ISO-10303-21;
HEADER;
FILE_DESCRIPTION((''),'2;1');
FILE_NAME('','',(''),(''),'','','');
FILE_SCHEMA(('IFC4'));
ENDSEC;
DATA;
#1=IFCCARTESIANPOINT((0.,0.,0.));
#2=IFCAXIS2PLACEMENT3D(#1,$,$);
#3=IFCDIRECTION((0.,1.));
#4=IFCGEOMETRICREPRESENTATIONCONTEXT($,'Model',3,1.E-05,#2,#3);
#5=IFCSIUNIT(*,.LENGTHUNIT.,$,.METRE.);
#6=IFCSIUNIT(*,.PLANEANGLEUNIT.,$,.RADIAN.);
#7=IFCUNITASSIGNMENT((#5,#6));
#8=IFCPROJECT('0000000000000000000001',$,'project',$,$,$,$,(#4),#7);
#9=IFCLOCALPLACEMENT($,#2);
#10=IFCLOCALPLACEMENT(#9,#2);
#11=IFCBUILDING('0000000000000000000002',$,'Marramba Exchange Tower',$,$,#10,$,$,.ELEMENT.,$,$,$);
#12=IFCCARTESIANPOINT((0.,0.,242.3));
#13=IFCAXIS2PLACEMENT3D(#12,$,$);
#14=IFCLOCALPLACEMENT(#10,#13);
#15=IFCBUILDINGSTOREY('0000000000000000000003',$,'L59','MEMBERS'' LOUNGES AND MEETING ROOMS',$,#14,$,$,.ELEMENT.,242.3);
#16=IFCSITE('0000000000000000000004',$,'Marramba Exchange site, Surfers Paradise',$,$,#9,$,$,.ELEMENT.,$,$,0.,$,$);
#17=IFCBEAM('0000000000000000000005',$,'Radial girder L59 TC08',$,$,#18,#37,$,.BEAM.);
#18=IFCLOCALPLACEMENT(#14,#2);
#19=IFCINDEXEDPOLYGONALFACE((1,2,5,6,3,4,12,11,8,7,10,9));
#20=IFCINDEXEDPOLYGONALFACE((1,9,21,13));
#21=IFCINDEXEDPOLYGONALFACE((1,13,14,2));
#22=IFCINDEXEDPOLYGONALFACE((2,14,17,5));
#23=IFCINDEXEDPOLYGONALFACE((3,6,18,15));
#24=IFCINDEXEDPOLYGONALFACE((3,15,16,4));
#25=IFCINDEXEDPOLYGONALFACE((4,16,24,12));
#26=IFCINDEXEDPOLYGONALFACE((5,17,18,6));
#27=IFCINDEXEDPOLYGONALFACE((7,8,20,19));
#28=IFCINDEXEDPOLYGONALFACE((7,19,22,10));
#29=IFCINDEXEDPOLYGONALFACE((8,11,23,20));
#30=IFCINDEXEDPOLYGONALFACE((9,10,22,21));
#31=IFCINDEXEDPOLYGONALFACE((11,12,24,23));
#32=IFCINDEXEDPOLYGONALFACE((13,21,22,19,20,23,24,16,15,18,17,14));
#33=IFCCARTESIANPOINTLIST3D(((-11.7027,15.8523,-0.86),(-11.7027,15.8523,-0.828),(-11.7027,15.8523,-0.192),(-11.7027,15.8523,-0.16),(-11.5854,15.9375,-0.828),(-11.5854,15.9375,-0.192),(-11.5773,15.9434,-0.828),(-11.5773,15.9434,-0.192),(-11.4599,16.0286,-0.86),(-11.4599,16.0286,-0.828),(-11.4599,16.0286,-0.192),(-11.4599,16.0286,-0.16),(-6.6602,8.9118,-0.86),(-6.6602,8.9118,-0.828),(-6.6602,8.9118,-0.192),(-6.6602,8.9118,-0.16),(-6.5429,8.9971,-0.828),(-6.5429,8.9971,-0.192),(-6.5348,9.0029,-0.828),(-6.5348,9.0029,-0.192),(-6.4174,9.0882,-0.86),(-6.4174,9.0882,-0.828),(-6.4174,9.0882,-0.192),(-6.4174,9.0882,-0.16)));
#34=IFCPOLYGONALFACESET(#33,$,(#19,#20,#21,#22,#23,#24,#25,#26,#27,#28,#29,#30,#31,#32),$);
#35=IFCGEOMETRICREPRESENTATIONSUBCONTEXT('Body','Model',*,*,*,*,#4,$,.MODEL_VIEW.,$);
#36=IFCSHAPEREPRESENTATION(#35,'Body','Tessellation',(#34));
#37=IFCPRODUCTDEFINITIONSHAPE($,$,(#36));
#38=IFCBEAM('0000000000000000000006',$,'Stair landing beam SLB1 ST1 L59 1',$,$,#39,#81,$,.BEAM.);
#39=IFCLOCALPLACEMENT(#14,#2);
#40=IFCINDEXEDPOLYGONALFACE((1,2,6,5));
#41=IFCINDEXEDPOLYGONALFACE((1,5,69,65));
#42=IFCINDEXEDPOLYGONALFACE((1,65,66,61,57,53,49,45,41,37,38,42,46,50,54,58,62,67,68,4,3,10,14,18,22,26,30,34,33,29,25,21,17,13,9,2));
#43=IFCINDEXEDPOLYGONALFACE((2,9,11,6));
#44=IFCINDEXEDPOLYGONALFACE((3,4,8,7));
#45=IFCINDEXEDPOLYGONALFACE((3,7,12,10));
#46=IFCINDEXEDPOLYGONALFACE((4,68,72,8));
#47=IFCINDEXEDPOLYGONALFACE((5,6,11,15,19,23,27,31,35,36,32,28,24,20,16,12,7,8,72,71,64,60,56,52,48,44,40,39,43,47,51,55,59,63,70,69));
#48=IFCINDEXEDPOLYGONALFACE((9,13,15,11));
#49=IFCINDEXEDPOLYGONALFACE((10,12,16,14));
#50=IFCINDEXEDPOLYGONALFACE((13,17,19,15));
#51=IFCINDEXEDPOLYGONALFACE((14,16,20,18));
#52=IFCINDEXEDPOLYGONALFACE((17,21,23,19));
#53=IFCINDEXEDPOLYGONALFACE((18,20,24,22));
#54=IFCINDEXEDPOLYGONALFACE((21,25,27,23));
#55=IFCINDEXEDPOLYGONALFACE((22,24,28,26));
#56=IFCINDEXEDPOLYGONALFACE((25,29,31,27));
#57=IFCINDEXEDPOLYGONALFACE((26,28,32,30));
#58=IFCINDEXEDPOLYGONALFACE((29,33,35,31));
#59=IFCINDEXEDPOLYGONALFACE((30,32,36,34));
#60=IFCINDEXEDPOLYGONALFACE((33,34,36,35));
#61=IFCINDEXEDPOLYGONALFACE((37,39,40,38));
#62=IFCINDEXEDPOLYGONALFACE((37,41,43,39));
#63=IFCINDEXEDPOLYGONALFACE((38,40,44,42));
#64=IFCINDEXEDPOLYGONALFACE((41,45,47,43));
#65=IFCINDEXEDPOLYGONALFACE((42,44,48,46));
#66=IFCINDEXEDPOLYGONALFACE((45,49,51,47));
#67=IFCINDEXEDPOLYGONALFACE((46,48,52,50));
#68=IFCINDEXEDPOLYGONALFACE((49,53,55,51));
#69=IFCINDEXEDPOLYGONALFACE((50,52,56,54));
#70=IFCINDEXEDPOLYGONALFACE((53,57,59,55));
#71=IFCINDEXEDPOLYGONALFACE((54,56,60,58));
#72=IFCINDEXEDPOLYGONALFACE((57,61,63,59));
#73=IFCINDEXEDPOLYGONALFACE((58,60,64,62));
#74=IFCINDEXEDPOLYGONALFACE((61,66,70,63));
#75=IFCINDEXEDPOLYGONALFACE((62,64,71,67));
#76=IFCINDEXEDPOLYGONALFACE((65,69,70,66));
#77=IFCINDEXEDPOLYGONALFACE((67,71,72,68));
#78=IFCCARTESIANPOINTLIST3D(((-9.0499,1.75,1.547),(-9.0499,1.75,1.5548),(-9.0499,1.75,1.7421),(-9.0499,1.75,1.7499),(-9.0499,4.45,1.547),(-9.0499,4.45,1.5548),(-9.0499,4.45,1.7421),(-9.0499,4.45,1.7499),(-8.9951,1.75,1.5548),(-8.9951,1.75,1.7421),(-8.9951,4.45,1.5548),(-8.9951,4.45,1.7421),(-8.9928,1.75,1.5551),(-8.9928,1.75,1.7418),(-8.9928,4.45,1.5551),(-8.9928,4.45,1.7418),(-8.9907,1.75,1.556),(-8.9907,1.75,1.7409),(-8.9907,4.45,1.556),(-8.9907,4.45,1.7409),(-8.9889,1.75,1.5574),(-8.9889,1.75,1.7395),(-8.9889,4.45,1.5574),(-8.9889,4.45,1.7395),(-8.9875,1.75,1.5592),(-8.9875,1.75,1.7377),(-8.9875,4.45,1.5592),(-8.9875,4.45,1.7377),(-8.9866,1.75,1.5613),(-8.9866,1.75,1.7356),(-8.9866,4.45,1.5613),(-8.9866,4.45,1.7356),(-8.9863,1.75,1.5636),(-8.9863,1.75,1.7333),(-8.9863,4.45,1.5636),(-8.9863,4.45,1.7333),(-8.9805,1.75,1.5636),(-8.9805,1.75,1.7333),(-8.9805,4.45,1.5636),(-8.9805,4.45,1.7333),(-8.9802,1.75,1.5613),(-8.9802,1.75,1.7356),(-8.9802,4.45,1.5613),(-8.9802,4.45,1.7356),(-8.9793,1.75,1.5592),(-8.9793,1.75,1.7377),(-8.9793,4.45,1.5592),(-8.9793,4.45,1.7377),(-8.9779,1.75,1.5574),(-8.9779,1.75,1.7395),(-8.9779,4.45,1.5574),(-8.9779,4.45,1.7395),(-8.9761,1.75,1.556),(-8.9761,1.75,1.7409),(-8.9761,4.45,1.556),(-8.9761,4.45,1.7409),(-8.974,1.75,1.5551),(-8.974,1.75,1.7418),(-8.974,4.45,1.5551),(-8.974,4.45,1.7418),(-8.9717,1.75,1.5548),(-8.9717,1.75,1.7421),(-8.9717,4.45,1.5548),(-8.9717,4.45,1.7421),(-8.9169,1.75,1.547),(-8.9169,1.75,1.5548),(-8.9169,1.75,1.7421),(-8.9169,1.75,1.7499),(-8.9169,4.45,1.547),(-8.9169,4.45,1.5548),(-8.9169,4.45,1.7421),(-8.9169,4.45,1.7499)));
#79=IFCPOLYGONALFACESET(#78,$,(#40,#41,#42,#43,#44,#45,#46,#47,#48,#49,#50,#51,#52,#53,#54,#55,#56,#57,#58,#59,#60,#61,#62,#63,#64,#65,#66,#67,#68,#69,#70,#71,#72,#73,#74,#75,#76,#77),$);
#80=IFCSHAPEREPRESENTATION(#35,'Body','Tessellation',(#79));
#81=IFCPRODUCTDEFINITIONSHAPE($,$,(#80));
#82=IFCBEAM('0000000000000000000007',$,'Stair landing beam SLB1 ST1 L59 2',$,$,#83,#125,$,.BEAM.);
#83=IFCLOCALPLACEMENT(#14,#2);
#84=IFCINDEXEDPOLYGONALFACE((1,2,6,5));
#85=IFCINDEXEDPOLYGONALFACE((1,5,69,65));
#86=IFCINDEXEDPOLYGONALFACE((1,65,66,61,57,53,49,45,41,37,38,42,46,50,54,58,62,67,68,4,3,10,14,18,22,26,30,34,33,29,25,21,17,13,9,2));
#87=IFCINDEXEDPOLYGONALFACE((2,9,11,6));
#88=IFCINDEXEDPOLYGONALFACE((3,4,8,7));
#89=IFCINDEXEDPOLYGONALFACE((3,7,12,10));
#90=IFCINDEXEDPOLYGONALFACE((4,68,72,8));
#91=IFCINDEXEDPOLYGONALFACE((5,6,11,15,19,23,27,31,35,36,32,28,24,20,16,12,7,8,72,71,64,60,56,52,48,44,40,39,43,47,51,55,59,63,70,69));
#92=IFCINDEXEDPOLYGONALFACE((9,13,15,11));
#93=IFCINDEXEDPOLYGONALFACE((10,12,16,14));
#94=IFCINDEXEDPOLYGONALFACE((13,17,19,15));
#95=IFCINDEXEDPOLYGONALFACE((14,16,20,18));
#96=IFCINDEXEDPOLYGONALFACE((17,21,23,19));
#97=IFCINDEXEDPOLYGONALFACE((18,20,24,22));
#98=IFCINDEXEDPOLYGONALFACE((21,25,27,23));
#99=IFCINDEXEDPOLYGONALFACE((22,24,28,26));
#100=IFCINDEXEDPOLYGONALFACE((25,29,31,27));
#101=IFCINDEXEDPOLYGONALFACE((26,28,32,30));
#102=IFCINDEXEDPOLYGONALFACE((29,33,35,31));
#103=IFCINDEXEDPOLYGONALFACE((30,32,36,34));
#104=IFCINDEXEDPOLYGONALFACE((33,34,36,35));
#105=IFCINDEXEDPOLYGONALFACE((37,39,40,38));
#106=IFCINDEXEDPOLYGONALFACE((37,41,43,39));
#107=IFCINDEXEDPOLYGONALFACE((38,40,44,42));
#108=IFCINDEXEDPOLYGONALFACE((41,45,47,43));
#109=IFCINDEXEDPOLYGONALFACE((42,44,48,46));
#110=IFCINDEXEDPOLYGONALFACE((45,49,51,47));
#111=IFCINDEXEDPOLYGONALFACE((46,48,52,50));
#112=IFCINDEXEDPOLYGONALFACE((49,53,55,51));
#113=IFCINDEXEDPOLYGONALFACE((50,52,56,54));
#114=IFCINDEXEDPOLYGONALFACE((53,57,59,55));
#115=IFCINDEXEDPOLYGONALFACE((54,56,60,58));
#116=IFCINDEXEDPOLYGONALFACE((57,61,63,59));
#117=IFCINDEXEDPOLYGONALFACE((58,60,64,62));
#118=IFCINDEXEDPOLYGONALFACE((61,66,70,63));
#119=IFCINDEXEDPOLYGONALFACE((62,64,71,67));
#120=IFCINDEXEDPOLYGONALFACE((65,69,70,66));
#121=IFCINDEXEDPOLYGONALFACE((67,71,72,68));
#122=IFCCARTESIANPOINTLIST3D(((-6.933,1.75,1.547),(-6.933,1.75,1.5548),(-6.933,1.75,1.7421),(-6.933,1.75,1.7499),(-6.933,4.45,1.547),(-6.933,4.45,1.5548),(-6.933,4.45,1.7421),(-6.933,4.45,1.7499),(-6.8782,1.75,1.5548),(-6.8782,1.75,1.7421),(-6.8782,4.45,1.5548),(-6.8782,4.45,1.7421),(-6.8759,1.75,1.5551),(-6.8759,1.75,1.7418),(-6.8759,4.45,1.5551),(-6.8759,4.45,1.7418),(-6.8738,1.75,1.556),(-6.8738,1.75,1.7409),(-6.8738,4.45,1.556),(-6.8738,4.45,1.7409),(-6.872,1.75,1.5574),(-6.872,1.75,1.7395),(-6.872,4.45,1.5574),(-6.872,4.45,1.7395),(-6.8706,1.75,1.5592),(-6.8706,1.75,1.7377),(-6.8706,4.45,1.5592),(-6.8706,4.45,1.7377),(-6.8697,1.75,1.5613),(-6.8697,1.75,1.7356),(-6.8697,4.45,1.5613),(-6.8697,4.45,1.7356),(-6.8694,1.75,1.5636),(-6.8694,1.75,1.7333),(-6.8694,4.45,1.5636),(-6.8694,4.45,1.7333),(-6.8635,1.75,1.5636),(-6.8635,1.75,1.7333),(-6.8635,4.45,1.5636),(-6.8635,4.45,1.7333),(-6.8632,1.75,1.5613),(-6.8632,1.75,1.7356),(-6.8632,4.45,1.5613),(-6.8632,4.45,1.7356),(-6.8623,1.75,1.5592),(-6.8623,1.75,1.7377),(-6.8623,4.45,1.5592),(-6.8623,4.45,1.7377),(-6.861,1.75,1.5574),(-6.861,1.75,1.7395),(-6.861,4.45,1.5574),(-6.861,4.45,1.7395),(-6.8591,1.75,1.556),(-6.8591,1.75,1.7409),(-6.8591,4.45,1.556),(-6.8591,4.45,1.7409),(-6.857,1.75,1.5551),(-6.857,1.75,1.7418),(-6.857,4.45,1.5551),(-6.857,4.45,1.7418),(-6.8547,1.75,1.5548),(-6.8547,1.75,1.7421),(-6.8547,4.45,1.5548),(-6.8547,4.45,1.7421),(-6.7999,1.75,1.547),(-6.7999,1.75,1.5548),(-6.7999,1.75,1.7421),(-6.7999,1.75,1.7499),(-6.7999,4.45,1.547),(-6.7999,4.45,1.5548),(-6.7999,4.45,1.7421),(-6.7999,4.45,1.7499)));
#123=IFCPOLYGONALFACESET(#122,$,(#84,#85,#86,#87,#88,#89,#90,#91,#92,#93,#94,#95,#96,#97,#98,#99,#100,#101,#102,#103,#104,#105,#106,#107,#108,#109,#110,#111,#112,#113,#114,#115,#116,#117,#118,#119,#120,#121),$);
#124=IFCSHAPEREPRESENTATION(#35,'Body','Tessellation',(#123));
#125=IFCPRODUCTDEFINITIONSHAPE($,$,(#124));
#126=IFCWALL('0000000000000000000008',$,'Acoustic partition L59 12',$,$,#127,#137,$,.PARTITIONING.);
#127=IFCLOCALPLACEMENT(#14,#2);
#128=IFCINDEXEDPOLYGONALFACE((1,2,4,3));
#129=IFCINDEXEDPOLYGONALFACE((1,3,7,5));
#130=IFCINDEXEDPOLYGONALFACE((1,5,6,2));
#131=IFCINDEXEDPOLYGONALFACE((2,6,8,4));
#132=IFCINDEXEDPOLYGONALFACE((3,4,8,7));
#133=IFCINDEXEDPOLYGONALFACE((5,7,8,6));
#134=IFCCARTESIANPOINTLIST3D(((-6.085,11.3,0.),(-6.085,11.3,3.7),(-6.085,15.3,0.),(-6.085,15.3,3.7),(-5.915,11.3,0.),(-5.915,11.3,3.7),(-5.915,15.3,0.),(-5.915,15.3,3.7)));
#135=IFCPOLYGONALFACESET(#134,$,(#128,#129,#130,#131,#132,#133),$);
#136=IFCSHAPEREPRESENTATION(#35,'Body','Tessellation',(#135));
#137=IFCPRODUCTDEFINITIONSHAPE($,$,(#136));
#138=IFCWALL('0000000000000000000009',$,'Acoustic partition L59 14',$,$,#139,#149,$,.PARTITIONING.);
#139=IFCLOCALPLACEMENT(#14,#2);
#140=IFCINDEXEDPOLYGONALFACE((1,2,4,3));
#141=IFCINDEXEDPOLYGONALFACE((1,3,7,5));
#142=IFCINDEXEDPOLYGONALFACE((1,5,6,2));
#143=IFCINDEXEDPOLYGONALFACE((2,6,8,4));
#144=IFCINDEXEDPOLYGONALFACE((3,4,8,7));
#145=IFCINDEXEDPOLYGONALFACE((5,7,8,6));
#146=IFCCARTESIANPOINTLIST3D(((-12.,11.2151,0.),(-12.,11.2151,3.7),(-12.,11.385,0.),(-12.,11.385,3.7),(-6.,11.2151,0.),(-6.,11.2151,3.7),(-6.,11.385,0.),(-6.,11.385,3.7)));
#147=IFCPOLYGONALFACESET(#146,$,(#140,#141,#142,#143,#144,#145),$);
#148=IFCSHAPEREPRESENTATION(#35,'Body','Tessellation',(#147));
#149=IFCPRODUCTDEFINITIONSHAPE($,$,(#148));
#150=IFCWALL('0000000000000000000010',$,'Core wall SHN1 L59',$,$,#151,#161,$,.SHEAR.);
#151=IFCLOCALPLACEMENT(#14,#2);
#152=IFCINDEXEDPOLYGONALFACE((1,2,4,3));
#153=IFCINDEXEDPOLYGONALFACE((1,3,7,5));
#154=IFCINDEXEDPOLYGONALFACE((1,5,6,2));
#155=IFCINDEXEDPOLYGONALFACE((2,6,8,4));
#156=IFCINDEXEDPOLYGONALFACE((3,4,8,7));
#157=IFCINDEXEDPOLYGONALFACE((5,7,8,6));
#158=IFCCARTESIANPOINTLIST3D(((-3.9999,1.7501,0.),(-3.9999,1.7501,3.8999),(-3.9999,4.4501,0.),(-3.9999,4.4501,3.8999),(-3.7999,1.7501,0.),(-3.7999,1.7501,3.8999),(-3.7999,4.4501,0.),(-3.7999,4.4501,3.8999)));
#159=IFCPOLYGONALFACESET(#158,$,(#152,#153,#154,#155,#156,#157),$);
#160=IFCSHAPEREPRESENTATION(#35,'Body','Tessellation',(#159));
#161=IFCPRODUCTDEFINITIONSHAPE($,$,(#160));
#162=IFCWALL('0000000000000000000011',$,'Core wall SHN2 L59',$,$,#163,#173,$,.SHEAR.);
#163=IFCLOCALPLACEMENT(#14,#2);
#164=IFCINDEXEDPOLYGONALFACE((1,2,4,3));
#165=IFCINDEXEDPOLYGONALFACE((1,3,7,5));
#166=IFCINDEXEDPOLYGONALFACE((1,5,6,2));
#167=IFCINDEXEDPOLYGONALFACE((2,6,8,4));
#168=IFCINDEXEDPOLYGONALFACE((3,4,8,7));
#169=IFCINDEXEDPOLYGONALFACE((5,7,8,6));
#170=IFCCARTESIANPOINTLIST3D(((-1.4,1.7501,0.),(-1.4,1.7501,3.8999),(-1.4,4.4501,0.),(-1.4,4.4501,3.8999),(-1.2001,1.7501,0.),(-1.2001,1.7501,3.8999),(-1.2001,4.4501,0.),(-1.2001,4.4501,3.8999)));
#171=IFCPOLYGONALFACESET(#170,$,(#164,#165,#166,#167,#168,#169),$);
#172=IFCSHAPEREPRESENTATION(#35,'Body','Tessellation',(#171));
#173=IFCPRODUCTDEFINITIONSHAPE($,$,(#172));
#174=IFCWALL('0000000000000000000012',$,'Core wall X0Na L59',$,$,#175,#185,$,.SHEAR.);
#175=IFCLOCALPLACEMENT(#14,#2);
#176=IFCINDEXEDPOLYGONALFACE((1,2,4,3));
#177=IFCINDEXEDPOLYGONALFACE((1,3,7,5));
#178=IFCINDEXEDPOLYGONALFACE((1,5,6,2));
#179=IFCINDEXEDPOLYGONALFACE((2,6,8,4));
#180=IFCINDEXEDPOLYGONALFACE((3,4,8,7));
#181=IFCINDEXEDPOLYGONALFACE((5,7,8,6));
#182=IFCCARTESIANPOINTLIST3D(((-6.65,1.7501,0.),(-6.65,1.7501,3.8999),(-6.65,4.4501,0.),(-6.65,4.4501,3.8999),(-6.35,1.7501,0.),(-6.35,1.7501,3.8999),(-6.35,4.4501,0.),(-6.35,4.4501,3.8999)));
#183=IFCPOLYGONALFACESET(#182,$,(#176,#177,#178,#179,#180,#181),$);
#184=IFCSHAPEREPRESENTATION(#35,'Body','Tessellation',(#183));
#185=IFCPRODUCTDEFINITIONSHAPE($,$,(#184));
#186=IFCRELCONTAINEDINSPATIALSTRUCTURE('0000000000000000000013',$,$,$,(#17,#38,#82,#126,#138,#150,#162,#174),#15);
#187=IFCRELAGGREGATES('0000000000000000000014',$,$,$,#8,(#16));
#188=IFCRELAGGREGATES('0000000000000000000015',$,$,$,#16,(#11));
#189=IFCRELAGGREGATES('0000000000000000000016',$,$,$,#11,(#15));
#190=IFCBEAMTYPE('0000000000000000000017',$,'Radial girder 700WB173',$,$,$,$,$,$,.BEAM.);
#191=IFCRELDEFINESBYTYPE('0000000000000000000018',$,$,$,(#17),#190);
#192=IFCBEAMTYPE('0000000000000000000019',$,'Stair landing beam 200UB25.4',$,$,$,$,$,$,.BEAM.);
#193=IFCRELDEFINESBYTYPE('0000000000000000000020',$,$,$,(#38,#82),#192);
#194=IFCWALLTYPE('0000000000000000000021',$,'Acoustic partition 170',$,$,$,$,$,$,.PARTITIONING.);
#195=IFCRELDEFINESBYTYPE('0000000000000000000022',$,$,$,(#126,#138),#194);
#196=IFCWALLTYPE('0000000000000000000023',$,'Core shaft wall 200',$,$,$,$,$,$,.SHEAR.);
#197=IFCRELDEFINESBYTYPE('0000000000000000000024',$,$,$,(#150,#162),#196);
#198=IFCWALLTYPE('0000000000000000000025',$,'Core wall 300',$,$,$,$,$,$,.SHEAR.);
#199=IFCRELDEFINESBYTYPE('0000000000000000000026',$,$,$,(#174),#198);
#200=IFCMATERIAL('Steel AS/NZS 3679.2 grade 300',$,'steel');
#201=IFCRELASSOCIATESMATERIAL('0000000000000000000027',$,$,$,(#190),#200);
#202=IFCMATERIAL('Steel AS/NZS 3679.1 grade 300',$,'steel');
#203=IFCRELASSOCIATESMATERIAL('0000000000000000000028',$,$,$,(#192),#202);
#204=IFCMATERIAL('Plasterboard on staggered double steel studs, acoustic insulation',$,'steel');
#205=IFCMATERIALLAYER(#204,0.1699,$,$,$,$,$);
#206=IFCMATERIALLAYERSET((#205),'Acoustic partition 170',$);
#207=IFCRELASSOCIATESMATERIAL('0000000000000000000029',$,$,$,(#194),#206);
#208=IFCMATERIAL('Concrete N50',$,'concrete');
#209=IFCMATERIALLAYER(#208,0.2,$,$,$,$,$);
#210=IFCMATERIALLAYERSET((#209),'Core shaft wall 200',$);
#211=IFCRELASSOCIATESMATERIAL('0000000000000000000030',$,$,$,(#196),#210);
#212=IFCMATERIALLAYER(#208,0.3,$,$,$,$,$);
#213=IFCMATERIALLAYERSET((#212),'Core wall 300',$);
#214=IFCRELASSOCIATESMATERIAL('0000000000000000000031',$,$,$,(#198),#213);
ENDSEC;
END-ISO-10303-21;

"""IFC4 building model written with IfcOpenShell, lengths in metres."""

from ifc_helpers import new_model, si_unit, direction, frame, frame_2d, origin, origin_2d, place, context, subcontext, project, spatial, rectangle, i_section, extrude, material, layer, layer_set, material_profile, profile_set, type_object, element, save


model = new_model("IFC4")

# Units and contexts
model_context = context("Model", 3, precision=1e-05, world=origin(), true_north=direction((0.0, 1.0)))
body_context = subcontext(model_context, "Body", "Model", "MODEL_VIEW")
ifc_project = project(units=[si_unit("LENGTHUNIT", "METRE"), si_unit("PLANEANGLEUNIT", "RADIAN")], contexts=[model_context])

# Site, building, storey
site_placement = place(None, origin())
site = spatial("IfcSite", under=ifc_project, at=site_placement, Name="Marramba Exchange site, Surfers Paradise", CompositionType="ELEMENT", RefElevation=0.0)
building_placement = place(site_placement, origin())
building = spatial("IfcBuilding", under=site, at=building_placement, Name="Marramba Exchange Tower", CompositionType="ELEMENT")
storey_placement = place(building_placement, frame((0.0, 0.0, 242.3)))
storey = spatial("IfcBuildingStorey", under=building, at=storey_placement, Name="L59", Description="MEMBERS' LOUNGES AND MEETING ROOMS", CompositionType="ELEMENT", Elevation=242.3)

# Shared definitions
ifc_material_1 = material(Name="Concrete N50", Category="concrete")

# Beams
ifc_material_2 = material(Name="Steel AS/NZS 3679.1 grade 300", Category="steel")
ifc_material_3 = material(Name="Steel AS/NZS 3679.2 grade 300", Category="steel")
ifc_material_profile_1 = material_profile(ifc_material_3, i_section(OverallWidth=0.3, OverallDepth=0.7, WebThickness=0.01, FlangeThickness=0.032, at=origin_2d()), Name="700WB173")
ifc_profile_set_1 = profile_set([ifc_material_profile_1], Name="Steel AS/NZS 3679.2 grade 300")
beam_type_1 = type_object("IfcBeamType", Name="Radial girder 700WB173", PredefinedType="BEAM", material=ifc_profile_set_1)
beam_1_placement = place(storey_placement, frame((-6.5388, 9.0, -0.51), z_axis=(-0.587782, 0.809019, 0.0), x_axis=(-0.809019, -0.587782, 0.0)))
element("IfcBeam", 1, at=beam_1_placement, inside=storey, type_object=beam_type_1, Name="Radial girder L59 TC08", PredefinedType="BEAM", context=body_context, shape_type="SweptSolid", body=[
    extrude(i_section(OverallWidth=0.3, OverallDepth=0.7, WebThickness=0.01, FlangeThickness=0.032, at=origin_2d()), origin(), (0.0, 0.0, 1.0), 8.5789),
])
ifc_material_profile_2 = material_profile(ifc_material_2, i_section(OverallWidth=0.1331, OverallDepth=0.2029, WebThickness=0.0059, FlangeThickness=0.0078, FilletRadius=0.0088, at=origin_2d()), Name="200UB25.4")
ifc_profile_set_2 = profile_set([ifc_material_profile_2], Name="Steel AS/NZS 3679.1 grade 300")
beam_type_2 = type_object("IfcBeamType", Name="Stair landing beam 200UB25.4", PredefinedType="BEAM", material=ifc_profile_set_2)
for number, where, z_axis, x_axis, name in (
    (2, (-8.9834, 1.75, 1.6484), (0.0, 1.0, 0.0), (-1.0, 0.0, 0.0), "Stair landing beam SLB1 ST1 L59 1"),
    (3, (-6.8665, 1.75, 1.6484), (0.0, 1.0, 0.0), (-1.0, 0.0, 0.0), "Stair landing beam SLB1 ST1 L59 2"),
):
    element("IfcBeam", number, at=place(storey_placement, frame(where, z_axis=z_axis, x_axis=x_axis)), inside=storey, type_object=beam_type_2, Name=name, PredefinedType="BEAM", context=body_context, shape_type="SweptSolid", body=[
        extrude(i_section(OverallWidth=0.1331, OverallDepth=0.2029, WebThickness=0.0059, FlangeThickness=0.0078, FilletRadius=0.0088, at=origin_2d()), origin(), (0.0, 0.0, 1.0), 2.7),
    ])

# Walls
ifc_material_4 = material(Name="Plasterboard on staggered double steel studs, acoustic insulation", Category="steel")
ifc_layer_1 = layer(ifc_material_4, 0.1699)
ifc_layer_set_1 = layer_set([ifc_layer_1], Name="Acoustic partition 170")
wall_type_1 = type_object("IfcWallType", Name="Acoustic partition 170", PredefinedType="PARTITIONING", material=ifc_layer_set_1)
wall_1_placement = place(storey_placement, frame((-6.0, 15.3, 0.0), z_axis=(0.0, 0.0, 1.0), x_axis=(0.0, -1.0, 0.0)))
element("IfcWall", 4, at=wall_1_placement, inside=storey, type_object=wall_type_1, Name="Acoustic partition L59 12", PredefinedType="PARTITIONING", context=body_context, shape_type="SweptSolid", body=[
    extrude(rectangle(XDim=4.0, YDim=0.1699, at=frame_2d((2.0, 0.0))), origin(), (0.0, 0.0, 1.0), 3.7),
])
wall_2_placement = place(storey_placement, frame((-6.0, 11.3, 0.0), z_axis=(0.0, 0.0, 1.0), x_axis=(-1.0, 0.0, 0.0)))
element("IfcWall", 5, at=wall_2_placement, inside=storey, type_object=wall_type_1, Name="Acoustic partition L59 14", PredefinedType="PARTITIONING", context=body_context, shape_type="SweptSolid", body=[
    extrude(rectangle(XDim=6.0, YDim=0.1699, at=frame_2d((3.0, 0.0))), origin(), (0.0, 0.0, 1.0), 3.7),
])
ifc_layer_2 = layer(ifc_material_1, 0.2)
ifc_layer_set_2 = layer_set([ifc_layer_2], Name="Core shaft wall 200")
wall_type_2 = type_object("IfcWallType", Name="Core shaft wall 200", PredefinedType="SHEAR", material=ifc_layer_set_2)
for number, where, z_axis, x_axis, name in (
    (6, (-3.8999, 1.75, 0.0), (0.0, 0.0, 1.0), (0.0, 1.0, 0.0), "Core wall SHN1 L59"),
    (7, (-1.3, 1.75, 0.0), (0.0, 0.0, 1.0), (0.0, 1.0, 0.0), "Core wall SHN2 L59"),
):
    element("IfcWall", number, at=place(storey_placement, frame(where, z_axis=z_axis, x_axis=x_axis)), inside=storey, type_object=wall_type_2, Name=name, PredefinedType="SHEAR", context=body_context, shape_type="SweptSolid", body=[
        extrude(rectangle(XDim=2.7, YDim=0.2, at=frame_2d((1.3501, 0.0))), origin(), (0.0, 0.0, 1.0), 3.8999),
    ])
ifc_layer_3 = layer(ifc_material_1, 0.3)
ifc_layer_set_3 = layer_set([ifc_layer_3], Name="Core wall 300")
wall_type_3 = type_object("IfcWallType", Name="Core wall 300", PredefinedType="SHEAR", material=ifc_layer_set_3)
wall_3_placement = place(storey_placement, frame((-6.5, 1.75, 0.0), z_axis=(0.0, 0.0, 1.0), x_axis=(0.0, 1.0, 0.0)))
element("IfcWall", 8, at=wall_3_placement, inside=storey, type_object=wall_type_3, Name="Core wall X0Na L59", PredefinedType="SHEAR", context=body_context, shape_type="SweptSolid", body=[
    extrude(rectangle(XDim=2.7, YDim=0.3, at=frame_2d((1.3501, 0.0))), origin(), (0.0, 0.0, 1.0), 3.8999),
])

save(model, "model.ifc")
